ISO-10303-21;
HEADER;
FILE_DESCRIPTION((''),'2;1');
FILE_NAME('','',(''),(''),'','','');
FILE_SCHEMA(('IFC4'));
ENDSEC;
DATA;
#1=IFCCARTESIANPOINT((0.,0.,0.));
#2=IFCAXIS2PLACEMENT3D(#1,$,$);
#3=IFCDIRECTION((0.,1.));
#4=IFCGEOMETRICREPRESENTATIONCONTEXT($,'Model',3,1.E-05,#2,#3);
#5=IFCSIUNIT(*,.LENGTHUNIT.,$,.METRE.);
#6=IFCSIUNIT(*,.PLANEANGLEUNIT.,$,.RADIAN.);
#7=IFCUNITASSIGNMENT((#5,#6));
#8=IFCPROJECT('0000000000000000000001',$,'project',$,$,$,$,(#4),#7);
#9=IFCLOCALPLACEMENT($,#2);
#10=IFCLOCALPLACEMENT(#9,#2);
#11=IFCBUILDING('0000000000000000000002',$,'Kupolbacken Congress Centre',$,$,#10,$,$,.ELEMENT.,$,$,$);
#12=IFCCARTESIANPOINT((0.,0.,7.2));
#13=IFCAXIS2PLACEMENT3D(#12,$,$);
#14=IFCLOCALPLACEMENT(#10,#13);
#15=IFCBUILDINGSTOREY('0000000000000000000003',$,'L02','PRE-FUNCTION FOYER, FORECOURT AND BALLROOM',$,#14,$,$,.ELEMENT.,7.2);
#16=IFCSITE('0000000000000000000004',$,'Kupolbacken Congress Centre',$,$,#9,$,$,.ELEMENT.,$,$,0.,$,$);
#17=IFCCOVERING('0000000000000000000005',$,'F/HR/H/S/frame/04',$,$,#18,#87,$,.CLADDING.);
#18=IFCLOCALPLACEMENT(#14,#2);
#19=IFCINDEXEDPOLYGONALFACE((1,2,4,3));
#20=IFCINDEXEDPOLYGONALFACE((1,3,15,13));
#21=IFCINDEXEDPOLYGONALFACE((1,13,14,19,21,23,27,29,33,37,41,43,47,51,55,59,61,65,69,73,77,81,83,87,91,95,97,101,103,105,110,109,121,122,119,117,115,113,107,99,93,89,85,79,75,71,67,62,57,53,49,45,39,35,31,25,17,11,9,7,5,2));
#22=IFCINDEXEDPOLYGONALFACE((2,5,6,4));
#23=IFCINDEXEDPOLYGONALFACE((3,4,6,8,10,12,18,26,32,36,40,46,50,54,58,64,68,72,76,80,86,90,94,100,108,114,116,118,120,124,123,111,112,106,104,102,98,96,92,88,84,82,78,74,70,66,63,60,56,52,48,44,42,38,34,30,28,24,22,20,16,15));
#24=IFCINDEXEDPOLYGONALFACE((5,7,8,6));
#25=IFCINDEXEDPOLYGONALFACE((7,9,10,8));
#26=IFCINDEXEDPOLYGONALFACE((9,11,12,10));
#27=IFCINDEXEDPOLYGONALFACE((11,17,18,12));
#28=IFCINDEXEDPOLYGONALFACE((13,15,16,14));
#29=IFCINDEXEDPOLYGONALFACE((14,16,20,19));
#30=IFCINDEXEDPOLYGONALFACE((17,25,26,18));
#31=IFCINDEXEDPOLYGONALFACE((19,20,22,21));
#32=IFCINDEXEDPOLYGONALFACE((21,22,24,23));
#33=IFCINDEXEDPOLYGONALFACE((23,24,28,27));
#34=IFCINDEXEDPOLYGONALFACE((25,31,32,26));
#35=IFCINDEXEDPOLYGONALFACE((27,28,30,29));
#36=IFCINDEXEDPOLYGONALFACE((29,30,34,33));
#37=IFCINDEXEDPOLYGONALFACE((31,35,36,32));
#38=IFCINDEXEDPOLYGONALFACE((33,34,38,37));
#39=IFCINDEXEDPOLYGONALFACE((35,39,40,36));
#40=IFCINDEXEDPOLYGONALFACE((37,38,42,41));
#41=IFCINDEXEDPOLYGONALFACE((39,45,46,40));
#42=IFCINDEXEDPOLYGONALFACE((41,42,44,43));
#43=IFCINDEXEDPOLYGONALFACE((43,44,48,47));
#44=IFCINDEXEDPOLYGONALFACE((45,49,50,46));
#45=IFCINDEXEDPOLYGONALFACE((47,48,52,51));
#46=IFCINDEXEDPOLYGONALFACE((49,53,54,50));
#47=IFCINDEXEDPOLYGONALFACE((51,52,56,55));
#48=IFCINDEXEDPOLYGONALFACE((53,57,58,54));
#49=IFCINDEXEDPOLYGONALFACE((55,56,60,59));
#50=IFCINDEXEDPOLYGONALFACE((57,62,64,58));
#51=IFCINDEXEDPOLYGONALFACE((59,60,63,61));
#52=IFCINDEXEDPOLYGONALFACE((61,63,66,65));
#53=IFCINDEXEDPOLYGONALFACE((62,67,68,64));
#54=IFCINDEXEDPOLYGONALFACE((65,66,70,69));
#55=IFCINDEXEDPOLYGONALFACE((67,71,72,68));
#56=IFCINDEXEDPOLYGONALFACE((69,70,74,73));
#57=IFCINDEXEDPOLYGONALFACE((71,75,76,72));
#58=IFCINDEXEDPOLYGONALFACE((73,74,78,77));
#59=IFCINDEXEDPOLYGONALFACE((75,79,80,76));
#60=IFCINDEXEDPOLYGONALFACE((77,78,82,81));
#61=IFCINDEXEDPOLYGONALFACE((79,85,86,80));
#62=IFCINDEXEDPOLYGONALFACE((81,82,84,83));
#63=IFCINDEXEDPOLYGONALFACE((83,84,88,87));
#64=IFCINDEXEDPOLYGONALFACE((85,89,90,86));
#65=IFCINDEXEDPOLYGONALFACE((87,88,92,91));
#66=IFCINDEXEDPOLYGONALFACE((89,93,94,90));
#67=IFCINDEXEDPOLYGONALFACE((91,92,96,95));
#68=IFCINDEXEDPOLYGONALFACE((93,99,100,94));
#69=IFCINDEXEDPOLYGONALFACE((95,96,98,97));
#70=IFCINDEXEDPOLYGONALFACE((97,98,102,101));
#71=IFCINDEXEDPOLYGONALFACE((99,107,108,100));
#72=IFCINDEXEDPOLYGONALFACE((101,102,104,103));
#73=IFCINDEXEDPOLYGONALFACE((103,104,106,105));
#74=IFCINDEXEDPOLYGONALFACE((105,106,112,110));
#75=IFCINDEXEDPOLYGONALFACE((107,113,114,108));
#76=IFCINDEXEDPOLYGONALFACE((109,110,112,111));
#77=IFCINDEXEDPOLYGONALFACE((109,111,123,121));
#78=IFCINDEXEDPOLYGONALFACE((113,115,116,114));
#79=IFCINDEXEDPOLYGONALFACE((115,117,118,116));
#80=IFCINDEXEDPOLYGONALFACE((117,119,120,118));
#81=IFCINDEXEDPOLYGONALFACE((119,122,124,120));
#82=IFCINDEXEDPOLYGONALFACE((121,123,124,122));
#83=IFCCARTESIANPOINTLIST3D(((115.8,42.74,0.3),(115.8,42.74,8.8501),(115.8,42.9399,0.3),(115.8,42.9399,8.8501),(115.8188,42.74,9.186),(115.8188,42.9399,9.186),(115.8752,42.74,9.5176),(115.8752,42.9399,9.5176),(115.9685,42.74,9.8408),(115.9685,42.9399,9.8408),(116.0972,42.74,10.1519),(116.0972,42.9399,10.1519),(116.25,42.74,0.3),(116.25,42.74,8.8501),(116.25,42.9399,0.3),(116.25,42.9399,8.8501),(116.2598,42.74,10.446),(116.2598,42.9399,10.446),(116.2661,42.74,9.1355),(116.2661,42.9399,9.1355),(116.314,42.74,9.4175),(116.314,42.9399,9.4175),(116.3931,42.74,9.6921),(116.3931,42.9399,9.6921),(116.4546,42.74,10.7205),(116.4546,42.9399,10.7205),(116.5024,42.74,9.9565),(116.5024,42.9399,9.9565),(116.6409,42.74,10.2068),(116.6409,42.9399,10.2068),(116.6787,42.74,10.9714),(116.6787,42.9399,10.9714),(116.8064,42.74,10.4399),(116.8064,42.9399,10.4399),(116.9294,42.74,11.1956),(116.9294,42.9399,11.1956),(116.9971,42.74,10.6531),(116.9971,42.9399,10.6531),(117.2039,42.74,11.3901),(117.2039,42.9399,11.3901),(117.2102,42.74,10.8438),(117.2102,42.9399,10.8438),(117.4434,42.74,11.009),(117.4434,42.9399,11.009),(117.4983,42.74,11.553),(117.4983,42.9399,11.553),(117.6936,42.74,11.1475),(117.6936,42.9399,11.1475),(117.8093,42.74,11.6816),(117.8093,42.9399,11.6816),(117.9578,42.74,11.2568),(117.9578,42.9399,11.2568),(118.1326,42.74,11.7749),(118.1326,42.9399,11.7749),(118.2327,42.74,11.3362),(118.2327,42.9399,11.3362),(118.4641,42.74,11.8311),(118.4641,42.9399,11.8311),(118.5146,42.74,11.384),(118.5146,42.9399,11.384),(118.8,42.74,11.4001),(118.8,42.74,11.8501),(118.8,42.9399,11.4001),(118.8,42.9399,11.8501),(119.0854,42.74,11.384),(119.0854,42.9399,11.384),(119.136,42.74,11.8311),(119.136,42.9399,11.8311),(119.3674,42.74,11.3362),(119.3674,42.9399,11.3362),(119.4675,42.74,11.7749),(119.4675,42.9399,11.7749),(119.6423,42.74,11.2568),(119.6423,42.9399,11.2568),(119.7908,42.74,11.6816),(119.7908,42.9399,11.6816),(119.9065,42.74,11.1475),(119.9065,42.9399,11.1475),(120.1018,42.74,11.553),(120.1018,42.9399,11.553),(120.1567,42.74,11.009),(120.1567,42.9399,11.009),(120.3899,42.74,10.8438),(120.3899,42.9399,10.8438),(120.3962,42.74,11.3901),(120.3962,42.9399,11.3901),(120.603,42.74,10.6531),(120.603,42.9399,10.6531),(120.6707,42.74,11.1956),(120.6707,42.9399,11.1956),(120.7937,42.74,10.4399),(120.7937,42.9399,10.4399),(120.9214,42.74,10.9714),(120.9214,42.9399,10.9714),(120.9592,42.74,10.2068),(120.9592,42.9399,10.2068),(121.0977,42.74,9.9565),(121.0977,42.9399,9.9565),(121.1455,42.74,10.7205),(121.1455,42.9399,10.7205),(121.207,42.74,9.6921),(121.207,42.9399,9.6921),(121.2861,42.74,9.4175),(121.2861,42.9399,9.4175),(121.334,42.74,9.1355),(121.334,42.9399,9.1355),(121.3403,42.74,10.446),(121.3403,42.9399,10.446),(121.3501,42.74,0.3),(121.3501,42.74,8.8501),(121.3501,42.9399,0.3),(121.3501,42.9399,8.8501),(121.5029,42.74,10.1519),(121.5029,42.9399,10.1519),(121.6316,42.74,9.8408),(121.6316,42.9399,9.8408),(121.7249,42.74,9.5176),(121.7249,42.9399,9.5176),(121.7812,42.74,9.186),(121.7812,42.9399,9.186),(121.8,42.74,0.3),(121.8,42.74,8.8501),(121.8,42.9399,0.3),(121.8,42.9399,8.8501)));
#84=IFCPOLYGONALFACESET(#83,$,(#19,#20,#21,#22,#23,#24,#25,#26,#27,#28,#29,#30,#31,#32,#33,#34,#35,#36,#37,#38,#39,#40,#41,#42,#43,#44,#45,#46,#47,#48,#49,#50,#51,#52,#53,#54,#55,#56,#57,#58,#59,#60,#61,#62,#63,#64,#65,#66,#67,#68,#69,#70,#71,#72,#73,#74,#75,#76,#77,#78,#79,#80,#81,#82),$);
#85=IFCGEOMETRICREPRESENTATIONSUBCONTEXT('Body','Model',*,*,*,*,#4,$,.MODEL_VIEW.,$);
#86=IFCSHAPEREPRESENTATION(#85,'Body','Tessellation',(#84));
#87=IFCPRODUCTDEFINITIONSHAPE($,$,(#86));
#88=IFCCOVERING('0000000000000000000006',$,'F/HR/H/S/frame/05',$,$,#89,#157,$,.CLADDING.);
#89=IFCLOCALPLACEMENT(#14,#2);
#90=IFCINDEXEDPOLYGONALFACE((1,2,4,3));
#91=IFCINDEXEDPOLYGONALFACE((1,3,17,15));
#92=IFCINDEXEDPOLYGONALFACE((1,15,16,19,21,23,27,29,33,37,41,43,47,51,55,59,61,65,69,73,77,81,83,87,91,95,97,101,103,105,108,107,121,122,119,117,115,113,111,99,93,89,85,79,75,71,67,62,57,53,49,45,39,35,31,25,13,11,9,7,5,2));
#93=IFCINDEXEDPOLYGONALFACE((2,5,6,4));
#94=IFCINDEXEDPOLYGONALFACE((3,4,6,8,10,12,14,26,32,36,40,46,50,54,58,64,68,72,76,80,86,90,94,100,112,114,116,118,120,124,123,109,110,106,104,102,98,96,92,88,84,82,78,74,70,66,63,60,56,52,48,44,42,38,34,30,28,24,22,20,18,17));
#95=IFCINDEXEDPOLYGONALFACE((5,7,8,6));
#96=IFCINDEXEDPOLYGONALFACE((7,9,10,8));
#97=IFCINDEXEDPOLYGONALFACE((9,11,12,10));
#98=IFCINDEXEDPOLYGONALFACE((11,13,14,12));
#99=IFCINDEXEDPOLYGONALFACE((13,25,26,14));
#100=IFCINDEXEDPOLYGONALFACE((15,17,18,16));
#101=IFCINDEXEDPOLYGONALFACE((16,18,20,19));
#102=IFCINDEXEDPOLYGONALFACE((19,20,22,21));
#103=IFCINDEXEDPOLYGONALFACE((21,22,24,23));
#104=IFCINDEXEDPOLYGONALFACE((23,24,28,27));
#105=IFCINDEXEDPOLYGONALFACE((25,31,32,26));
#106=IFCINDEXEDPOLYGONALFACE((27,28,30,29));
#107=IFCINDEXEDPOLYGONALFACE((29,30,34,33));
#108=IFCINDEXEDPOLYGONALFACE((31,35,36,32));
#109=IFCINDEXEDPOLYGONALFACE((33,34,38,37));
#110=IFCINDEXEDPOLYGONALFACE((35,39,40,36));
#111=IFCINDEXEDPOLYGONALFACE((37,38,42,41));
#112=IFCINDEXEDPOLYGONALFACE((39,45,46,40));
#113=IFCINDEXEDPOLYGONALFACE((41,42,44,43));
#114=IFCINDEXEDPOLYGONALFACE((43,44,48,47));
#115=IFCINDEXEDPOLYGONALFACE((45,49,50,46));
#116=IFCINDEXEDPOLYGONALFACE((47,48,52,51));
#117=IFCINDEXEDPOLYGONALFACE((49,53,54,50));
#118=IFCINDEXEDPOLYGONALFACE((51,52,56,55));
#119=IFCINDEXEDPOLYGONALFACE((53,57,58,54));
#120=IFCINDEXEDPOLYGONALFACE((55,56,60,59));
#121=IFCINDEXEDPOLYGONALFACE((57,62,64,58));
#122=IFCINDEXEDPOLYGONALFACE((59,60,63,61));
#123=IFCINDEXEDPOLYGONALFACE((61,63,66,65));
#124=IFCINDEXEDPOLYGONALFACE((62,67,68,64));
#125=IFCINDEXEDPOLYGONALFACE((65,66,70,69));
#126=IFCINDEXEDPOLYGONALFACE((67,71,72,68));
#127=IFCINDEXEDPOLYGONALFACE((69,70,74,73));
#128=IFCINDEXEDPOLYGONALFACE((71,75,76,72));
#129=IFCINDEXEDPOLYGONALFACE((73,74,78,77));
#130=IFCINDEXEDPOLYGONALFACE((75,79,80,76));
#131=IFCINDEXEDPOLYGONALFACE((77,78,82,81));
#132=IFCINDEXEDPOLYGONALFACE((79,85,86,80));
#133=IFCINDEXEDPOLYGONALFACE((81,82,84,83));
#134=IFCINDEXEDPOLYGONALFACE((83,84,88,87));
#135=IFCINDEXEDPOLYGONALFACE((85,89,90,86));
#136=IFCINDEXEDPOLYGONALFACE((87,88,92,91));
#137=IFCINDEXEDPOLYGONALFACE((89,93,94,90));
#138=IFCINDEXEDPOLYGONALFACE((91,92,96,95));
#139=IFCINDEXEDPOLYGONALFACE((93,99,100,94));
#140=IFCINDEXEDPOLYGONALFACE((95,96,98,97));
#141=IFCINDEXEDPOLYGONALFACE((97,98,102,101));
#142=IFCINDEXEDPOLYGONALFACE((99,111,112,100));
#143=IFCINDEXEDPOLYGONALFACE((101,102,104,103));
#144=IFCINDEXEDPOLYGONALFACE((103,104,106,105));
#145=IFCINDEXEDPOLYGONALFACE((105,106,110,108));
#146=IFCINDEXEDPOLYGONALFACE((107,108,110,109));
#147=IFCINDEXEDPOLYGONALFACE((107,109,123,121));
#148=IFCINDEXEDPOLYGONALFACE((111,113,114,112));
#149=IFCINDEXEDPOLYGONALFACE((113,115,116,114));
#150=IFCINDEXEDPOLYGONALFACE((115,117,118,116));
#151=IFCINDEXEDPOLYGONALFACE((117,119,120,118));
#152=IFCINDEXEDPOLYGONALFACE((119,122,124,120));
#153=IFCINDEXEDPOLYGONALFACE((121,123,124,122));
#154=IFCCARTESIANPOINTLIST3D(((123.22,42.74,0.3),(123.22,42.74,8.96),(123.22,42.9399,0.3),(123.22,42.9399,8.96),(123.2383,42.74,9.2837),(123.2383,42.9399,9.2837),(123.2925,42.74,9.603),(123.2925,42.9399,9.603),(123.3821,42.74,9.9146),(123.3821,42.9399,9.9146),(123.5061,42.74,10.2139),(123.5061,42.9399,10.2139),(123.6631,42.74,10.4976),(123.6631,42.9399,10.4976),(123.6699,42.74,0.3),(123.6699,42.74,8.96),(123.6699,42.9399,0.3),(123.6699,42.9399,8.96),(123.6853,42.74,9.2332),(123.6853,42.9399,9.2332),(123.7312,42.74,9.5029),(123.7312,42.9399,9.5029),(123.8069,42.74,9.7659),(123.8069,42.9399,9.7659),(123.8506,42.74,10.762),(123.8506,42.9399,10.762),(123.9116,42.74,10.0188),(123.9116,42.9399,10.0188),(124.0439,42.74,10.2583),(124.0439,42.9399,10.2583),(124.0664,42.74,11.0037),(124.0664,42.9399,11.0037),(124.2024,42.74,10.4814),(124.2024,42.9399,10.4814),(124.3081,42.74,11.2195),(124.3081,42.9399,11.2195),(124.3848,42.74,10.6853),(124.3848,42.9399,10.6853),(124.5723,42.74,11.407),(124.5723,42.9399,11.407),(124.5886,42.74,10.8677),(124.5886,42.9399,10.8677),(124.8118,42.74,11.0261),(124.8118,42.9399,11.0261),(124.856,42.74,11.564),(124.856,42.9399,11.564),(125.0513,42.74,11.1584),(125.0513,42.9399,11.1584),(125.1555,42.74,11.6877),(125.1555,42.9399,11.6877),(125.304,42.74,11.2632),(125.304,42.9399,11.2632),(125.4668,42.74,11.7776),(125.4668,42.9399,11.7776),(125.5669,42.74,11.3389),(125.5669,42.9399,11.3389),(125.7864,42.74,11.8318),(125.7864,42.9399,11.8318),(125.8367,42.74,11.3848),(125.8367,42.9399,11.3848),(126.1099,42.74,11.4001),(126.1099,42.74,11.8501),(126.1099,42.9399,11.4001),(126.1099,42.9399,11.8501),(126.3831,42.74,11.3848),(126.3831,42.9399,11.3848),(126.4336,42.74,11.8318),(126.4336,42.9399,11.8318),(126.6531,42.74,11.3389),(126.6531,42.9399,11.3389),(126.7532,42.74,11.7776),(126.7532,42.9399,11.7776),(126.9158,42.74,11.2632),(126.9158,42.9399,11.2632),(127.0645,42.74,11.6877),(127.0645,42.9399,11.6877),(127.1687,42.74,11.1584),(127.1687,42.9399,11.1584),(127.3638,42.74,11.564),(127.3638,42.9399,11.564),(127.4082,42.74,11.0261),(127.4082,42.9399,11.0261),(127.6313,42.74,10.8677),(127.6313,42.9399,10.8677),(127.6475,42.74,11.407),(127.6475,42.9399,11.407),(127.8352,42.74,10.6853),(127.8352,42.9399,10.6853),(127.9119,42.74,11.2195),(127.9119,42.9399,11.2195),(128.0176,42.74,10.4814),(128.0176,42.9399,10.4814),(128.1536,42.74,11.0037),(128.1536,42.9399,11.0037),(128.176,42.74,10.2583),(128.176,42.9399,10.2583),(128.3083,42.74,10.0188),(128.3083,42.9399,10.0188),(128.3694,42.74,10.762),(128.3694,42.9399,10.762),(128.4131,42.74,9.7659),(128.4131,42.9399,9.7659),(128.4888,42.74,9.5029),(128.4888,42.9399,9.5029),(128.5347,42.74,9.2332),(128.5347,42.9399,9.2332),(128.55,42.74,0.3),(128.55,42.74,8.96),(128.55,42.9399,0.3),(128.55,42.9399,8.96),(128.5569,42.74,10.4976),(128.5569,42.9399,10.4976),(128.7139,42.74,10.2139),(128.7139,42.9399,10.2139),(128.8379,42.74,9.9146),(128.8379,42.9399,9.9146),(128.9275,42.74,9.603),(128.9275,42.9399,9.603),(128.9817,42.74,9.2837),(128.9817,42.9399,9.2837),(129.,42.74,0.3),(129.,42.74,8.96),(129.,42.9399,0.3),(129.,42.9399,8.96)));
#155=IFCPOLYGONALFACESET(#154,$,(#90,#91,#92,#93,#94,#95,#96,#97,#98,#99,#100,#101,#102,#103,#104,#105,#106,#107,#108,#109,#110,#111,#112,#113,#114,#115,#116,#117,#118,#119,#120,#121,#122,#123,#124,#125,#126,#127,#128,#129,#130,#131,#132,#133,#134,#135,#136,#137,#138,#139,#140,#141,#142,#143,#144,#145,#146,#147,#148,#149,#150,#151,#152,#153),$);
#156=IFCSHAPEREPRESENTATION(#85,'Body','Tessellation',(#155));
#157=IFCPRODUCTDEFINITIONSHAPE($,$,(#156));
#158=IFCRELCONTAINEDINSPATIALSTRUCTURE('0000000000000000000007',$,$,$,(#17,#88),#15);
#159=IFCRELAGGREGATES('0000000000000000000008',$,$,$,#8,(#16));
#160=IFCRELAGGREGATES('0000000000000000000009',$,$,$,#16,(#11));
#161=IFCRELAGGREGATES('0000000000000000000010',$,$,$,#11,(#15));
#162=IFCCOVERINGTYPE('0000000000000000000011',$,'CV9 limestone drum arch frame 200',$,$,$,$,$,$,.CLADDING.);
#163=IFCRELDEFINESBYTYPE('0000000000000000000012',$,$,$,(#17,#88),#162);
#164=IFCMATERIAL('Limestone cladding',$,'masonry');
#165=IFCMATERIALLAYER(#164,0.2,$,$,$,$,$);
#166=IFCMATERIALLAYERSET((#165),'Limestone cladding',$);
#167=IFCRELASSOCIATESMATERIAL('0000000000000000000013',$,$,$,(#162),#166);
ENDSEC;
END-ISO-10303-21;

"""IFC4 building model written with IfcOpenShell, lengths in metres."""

from ifc_helpers import new_model, si_unit, direction, frame, origin, place, context, subcontext, project, spatial, polyline, outline, extrude, material, layer, layer_set, type_object, element, save


model = new_model("IFC4")

# Units and contexts
model_context = context("Model", 3, precision=1e-05, world=origin(), true_north=direction((0.0, 1.0)))
body_context = subcontext(model_context, "Body", "Model", "MODEL_VIEW")
ifc_project = project(units=[si_unit("LENGTHUNIT", "METRE"), si_unit("PLANEANGLEUNIT", "RADIAN")], contexts=[model_context])

# Site, building, storey
site_placement = place(None, origin())
site = spatial("IfcSite", under=ifc_project, at=site_placement, Name="Kupolbacken Congress Centre", CompositionType="ELEMENT", RefElevation=0.0)
building_placement = place(site_placement, origin())
building = spatial("IfcBuilding", under=site, at=building_placement, Name="Kupolbacken Congress Centre", CompositionType="ELEMENT")
storey_placement = place(building_placement, frame((0.0, 0.0, 7.2)))
storey = spatial("IfcBuildingStorey", under=building, at=storey_placement, Name="L02", Description="PRE-FUNCTION FOYER, FORECOURT AND BALLROOM", CompositionType="ELEMENT", Elevation=7.2)

# Coverings
ifc_material_1 = material(Name="Limestone cladding", Category="masonry")
ifc_layer_1 = layer(ifc_material_1, 0.2)
ifc_layer_set_1 = layer_set([ifc_layer_1], Name="Limestone cladding")
covering_type_1 = type_object("IfcCoveringType", Name="CV9 limestone drum arch frame 200", PredefinedType="CLADDING", material=ifc_layer_set_1)
covering_1_placement = place(storey_placement, frame((115.8, 42.9399, 0.3), z_axis=(0.0, -1.0, 0.0), x_axis=(1.0, 0.0, 0.0)))
element("IfcCovering", 1, at=covering_1_placement, inside=storey, type_object=covering_type_1, Name="F/HR/H/S/frame/04", PredefinedType="CLADDING", context=body_context, shape_type="SweptSolid", body=[
    extrude(outline(polyline([(0.0, 0.0), (0.0, 8.55), (0.0188, 8.886), (0.0752, 9.2175), (0.1685, 9.5408), (0.2971, 9.8518), (0.4597, 10.146), (0.6545, 10.4204), (0.8787, 10.6714), (1.1294, 10.8955), (1.4038, 11.0901), (1.6982, 11.2529), (2.0093, 11.3816), (2.3325, 11.4749), (2.6641, 11.531), (3.0, 11.55), (3.3359, 11.531), (3.6675, 11.4749), (3.9907, 11.3816), (4.3018, 11.2529), (4.5962, 11.0901), (4.8706, 10.8955), (5.1213, 10.6714), (5.3455, 10.4204), (5.5403, 10.146), (5.7029, 9.8518), (5.8315, 9.5408), (5.9248, 9.2175), (5.9812, 8.886), (6.0, 8.55), (6.0, 0.0), (5.55, 0.0), (5.55, 8.55), (5.5339, 8.8354), (5.4861, 9.1174), (5.407, 9.3921), (5.2976, 9.6565), (5.1592, 9.9067), (4.9937, 10.1399), (4.803, 10.353), (4.5898, 10.5437), (4.3567, 10.709), (4.1064, 10.8474), (3.8423, 10.9568), (3.5674, 11.0361), (3.2854, 11.084), (3.0, 11.1001), (2.7146, 11.084), (2.4326, 11.0361), (2.1577, 10.9568), (1.8936, 10.8474), (1.6433, 10.709), (1.4102, 10.5437), (1.197, 10.353), (1.0063, 10.1399), (0.8408, 9.9067), (0.7024, 9.6565), (0.593, 9.3921), (0.5139, 9.1174), (0.4661, 8.8354), (0.45, 8.55), (0.45, 0.0), (0.0, 0.0)])), origin(), (0.0, 0.0, 1.0), 0.2),
])
covering_2_placement = place(storey_placement, frame((123.22, 42.9399, 0.3), z_axis=(0.0, -1.0, 0.0), x_axis=(1.0, 0.0, 0.0)))
element("IfcCovering", 2, at=covering_2_placement, inside=storey, type_object=covering_type_1, Name="F/HR/H/S/frame/05", PredefinedType="CLADDING", context=body_context, shape_type="SweptSolid", body=[
    extrude(outline(polyline([(0.0, 0.0), (0.0, 8.6599), (0.0183, 8.9836), (0.0725, 9.303), (0.1621, 9.6145), (0.2861, 9.9138), (0.4431, 10.1975), (0.6306, 10.4619), (0.8464, 10.7036), (1.0881, 10.9194), (1.3523, 11.1069), (1.636, 11.2639), (1.9355, 11.3877), (2.2468, 11.4775), (2.5664, 11.5317), (2.8899, 11.55), (3.2136, 11.5317), (3.5332, 11.4775), (3.8445, 11.3877), (4.1438, 11.2639), (4.4275, 11.1069), (4.6919, 10.9194), (4.9336, 10.7036), (5.1494, 10.4619), (5.3369, 10.1975), (5.4939, 9.9138), (5.6179, 9.6145), (5.7075, 9.303), (5.7617, 8.9836), (5.78, 8.6599), (5.78, 0.0), (5.3301, 0.0), (5.3301, 8.6599), (5.3147, 8.9331), (5.2688, 9.2029), (5.1931, 9.4658), (5.0884, 9.7188), (4.9561, 9.9583), (4.7976, 10.1814), (4.6152, 10.3853), (4.4114, 10.5676), (4.1882, 10.7261), (3.9487, 10.8584), (3.6958, 10.9631), (3.4331, 11.0388), (3.1631, 11.0847), (2.8899, 11.1001), (2.6167, 11.0847), (2.3469, 11.0388), (2.084, 10.9631), (1.8313, 10.8584), (1.5918, 10.7261), (1.3687, 10.5676), (1.1648, 10.3853), (0.9824, 10.1814), (0.824, 9.9583), (0.6917, 9.7188), (0.5869, 9.4658), (0.5112, 9.2029), (0.4653, 8.9331), (0.45, 8.6599), (0.45, 0.0), (0.0, 0.0)])), origin(), (0.0, 0.0, 1.0), 0.2),
])

save(model, "model.ifc")
